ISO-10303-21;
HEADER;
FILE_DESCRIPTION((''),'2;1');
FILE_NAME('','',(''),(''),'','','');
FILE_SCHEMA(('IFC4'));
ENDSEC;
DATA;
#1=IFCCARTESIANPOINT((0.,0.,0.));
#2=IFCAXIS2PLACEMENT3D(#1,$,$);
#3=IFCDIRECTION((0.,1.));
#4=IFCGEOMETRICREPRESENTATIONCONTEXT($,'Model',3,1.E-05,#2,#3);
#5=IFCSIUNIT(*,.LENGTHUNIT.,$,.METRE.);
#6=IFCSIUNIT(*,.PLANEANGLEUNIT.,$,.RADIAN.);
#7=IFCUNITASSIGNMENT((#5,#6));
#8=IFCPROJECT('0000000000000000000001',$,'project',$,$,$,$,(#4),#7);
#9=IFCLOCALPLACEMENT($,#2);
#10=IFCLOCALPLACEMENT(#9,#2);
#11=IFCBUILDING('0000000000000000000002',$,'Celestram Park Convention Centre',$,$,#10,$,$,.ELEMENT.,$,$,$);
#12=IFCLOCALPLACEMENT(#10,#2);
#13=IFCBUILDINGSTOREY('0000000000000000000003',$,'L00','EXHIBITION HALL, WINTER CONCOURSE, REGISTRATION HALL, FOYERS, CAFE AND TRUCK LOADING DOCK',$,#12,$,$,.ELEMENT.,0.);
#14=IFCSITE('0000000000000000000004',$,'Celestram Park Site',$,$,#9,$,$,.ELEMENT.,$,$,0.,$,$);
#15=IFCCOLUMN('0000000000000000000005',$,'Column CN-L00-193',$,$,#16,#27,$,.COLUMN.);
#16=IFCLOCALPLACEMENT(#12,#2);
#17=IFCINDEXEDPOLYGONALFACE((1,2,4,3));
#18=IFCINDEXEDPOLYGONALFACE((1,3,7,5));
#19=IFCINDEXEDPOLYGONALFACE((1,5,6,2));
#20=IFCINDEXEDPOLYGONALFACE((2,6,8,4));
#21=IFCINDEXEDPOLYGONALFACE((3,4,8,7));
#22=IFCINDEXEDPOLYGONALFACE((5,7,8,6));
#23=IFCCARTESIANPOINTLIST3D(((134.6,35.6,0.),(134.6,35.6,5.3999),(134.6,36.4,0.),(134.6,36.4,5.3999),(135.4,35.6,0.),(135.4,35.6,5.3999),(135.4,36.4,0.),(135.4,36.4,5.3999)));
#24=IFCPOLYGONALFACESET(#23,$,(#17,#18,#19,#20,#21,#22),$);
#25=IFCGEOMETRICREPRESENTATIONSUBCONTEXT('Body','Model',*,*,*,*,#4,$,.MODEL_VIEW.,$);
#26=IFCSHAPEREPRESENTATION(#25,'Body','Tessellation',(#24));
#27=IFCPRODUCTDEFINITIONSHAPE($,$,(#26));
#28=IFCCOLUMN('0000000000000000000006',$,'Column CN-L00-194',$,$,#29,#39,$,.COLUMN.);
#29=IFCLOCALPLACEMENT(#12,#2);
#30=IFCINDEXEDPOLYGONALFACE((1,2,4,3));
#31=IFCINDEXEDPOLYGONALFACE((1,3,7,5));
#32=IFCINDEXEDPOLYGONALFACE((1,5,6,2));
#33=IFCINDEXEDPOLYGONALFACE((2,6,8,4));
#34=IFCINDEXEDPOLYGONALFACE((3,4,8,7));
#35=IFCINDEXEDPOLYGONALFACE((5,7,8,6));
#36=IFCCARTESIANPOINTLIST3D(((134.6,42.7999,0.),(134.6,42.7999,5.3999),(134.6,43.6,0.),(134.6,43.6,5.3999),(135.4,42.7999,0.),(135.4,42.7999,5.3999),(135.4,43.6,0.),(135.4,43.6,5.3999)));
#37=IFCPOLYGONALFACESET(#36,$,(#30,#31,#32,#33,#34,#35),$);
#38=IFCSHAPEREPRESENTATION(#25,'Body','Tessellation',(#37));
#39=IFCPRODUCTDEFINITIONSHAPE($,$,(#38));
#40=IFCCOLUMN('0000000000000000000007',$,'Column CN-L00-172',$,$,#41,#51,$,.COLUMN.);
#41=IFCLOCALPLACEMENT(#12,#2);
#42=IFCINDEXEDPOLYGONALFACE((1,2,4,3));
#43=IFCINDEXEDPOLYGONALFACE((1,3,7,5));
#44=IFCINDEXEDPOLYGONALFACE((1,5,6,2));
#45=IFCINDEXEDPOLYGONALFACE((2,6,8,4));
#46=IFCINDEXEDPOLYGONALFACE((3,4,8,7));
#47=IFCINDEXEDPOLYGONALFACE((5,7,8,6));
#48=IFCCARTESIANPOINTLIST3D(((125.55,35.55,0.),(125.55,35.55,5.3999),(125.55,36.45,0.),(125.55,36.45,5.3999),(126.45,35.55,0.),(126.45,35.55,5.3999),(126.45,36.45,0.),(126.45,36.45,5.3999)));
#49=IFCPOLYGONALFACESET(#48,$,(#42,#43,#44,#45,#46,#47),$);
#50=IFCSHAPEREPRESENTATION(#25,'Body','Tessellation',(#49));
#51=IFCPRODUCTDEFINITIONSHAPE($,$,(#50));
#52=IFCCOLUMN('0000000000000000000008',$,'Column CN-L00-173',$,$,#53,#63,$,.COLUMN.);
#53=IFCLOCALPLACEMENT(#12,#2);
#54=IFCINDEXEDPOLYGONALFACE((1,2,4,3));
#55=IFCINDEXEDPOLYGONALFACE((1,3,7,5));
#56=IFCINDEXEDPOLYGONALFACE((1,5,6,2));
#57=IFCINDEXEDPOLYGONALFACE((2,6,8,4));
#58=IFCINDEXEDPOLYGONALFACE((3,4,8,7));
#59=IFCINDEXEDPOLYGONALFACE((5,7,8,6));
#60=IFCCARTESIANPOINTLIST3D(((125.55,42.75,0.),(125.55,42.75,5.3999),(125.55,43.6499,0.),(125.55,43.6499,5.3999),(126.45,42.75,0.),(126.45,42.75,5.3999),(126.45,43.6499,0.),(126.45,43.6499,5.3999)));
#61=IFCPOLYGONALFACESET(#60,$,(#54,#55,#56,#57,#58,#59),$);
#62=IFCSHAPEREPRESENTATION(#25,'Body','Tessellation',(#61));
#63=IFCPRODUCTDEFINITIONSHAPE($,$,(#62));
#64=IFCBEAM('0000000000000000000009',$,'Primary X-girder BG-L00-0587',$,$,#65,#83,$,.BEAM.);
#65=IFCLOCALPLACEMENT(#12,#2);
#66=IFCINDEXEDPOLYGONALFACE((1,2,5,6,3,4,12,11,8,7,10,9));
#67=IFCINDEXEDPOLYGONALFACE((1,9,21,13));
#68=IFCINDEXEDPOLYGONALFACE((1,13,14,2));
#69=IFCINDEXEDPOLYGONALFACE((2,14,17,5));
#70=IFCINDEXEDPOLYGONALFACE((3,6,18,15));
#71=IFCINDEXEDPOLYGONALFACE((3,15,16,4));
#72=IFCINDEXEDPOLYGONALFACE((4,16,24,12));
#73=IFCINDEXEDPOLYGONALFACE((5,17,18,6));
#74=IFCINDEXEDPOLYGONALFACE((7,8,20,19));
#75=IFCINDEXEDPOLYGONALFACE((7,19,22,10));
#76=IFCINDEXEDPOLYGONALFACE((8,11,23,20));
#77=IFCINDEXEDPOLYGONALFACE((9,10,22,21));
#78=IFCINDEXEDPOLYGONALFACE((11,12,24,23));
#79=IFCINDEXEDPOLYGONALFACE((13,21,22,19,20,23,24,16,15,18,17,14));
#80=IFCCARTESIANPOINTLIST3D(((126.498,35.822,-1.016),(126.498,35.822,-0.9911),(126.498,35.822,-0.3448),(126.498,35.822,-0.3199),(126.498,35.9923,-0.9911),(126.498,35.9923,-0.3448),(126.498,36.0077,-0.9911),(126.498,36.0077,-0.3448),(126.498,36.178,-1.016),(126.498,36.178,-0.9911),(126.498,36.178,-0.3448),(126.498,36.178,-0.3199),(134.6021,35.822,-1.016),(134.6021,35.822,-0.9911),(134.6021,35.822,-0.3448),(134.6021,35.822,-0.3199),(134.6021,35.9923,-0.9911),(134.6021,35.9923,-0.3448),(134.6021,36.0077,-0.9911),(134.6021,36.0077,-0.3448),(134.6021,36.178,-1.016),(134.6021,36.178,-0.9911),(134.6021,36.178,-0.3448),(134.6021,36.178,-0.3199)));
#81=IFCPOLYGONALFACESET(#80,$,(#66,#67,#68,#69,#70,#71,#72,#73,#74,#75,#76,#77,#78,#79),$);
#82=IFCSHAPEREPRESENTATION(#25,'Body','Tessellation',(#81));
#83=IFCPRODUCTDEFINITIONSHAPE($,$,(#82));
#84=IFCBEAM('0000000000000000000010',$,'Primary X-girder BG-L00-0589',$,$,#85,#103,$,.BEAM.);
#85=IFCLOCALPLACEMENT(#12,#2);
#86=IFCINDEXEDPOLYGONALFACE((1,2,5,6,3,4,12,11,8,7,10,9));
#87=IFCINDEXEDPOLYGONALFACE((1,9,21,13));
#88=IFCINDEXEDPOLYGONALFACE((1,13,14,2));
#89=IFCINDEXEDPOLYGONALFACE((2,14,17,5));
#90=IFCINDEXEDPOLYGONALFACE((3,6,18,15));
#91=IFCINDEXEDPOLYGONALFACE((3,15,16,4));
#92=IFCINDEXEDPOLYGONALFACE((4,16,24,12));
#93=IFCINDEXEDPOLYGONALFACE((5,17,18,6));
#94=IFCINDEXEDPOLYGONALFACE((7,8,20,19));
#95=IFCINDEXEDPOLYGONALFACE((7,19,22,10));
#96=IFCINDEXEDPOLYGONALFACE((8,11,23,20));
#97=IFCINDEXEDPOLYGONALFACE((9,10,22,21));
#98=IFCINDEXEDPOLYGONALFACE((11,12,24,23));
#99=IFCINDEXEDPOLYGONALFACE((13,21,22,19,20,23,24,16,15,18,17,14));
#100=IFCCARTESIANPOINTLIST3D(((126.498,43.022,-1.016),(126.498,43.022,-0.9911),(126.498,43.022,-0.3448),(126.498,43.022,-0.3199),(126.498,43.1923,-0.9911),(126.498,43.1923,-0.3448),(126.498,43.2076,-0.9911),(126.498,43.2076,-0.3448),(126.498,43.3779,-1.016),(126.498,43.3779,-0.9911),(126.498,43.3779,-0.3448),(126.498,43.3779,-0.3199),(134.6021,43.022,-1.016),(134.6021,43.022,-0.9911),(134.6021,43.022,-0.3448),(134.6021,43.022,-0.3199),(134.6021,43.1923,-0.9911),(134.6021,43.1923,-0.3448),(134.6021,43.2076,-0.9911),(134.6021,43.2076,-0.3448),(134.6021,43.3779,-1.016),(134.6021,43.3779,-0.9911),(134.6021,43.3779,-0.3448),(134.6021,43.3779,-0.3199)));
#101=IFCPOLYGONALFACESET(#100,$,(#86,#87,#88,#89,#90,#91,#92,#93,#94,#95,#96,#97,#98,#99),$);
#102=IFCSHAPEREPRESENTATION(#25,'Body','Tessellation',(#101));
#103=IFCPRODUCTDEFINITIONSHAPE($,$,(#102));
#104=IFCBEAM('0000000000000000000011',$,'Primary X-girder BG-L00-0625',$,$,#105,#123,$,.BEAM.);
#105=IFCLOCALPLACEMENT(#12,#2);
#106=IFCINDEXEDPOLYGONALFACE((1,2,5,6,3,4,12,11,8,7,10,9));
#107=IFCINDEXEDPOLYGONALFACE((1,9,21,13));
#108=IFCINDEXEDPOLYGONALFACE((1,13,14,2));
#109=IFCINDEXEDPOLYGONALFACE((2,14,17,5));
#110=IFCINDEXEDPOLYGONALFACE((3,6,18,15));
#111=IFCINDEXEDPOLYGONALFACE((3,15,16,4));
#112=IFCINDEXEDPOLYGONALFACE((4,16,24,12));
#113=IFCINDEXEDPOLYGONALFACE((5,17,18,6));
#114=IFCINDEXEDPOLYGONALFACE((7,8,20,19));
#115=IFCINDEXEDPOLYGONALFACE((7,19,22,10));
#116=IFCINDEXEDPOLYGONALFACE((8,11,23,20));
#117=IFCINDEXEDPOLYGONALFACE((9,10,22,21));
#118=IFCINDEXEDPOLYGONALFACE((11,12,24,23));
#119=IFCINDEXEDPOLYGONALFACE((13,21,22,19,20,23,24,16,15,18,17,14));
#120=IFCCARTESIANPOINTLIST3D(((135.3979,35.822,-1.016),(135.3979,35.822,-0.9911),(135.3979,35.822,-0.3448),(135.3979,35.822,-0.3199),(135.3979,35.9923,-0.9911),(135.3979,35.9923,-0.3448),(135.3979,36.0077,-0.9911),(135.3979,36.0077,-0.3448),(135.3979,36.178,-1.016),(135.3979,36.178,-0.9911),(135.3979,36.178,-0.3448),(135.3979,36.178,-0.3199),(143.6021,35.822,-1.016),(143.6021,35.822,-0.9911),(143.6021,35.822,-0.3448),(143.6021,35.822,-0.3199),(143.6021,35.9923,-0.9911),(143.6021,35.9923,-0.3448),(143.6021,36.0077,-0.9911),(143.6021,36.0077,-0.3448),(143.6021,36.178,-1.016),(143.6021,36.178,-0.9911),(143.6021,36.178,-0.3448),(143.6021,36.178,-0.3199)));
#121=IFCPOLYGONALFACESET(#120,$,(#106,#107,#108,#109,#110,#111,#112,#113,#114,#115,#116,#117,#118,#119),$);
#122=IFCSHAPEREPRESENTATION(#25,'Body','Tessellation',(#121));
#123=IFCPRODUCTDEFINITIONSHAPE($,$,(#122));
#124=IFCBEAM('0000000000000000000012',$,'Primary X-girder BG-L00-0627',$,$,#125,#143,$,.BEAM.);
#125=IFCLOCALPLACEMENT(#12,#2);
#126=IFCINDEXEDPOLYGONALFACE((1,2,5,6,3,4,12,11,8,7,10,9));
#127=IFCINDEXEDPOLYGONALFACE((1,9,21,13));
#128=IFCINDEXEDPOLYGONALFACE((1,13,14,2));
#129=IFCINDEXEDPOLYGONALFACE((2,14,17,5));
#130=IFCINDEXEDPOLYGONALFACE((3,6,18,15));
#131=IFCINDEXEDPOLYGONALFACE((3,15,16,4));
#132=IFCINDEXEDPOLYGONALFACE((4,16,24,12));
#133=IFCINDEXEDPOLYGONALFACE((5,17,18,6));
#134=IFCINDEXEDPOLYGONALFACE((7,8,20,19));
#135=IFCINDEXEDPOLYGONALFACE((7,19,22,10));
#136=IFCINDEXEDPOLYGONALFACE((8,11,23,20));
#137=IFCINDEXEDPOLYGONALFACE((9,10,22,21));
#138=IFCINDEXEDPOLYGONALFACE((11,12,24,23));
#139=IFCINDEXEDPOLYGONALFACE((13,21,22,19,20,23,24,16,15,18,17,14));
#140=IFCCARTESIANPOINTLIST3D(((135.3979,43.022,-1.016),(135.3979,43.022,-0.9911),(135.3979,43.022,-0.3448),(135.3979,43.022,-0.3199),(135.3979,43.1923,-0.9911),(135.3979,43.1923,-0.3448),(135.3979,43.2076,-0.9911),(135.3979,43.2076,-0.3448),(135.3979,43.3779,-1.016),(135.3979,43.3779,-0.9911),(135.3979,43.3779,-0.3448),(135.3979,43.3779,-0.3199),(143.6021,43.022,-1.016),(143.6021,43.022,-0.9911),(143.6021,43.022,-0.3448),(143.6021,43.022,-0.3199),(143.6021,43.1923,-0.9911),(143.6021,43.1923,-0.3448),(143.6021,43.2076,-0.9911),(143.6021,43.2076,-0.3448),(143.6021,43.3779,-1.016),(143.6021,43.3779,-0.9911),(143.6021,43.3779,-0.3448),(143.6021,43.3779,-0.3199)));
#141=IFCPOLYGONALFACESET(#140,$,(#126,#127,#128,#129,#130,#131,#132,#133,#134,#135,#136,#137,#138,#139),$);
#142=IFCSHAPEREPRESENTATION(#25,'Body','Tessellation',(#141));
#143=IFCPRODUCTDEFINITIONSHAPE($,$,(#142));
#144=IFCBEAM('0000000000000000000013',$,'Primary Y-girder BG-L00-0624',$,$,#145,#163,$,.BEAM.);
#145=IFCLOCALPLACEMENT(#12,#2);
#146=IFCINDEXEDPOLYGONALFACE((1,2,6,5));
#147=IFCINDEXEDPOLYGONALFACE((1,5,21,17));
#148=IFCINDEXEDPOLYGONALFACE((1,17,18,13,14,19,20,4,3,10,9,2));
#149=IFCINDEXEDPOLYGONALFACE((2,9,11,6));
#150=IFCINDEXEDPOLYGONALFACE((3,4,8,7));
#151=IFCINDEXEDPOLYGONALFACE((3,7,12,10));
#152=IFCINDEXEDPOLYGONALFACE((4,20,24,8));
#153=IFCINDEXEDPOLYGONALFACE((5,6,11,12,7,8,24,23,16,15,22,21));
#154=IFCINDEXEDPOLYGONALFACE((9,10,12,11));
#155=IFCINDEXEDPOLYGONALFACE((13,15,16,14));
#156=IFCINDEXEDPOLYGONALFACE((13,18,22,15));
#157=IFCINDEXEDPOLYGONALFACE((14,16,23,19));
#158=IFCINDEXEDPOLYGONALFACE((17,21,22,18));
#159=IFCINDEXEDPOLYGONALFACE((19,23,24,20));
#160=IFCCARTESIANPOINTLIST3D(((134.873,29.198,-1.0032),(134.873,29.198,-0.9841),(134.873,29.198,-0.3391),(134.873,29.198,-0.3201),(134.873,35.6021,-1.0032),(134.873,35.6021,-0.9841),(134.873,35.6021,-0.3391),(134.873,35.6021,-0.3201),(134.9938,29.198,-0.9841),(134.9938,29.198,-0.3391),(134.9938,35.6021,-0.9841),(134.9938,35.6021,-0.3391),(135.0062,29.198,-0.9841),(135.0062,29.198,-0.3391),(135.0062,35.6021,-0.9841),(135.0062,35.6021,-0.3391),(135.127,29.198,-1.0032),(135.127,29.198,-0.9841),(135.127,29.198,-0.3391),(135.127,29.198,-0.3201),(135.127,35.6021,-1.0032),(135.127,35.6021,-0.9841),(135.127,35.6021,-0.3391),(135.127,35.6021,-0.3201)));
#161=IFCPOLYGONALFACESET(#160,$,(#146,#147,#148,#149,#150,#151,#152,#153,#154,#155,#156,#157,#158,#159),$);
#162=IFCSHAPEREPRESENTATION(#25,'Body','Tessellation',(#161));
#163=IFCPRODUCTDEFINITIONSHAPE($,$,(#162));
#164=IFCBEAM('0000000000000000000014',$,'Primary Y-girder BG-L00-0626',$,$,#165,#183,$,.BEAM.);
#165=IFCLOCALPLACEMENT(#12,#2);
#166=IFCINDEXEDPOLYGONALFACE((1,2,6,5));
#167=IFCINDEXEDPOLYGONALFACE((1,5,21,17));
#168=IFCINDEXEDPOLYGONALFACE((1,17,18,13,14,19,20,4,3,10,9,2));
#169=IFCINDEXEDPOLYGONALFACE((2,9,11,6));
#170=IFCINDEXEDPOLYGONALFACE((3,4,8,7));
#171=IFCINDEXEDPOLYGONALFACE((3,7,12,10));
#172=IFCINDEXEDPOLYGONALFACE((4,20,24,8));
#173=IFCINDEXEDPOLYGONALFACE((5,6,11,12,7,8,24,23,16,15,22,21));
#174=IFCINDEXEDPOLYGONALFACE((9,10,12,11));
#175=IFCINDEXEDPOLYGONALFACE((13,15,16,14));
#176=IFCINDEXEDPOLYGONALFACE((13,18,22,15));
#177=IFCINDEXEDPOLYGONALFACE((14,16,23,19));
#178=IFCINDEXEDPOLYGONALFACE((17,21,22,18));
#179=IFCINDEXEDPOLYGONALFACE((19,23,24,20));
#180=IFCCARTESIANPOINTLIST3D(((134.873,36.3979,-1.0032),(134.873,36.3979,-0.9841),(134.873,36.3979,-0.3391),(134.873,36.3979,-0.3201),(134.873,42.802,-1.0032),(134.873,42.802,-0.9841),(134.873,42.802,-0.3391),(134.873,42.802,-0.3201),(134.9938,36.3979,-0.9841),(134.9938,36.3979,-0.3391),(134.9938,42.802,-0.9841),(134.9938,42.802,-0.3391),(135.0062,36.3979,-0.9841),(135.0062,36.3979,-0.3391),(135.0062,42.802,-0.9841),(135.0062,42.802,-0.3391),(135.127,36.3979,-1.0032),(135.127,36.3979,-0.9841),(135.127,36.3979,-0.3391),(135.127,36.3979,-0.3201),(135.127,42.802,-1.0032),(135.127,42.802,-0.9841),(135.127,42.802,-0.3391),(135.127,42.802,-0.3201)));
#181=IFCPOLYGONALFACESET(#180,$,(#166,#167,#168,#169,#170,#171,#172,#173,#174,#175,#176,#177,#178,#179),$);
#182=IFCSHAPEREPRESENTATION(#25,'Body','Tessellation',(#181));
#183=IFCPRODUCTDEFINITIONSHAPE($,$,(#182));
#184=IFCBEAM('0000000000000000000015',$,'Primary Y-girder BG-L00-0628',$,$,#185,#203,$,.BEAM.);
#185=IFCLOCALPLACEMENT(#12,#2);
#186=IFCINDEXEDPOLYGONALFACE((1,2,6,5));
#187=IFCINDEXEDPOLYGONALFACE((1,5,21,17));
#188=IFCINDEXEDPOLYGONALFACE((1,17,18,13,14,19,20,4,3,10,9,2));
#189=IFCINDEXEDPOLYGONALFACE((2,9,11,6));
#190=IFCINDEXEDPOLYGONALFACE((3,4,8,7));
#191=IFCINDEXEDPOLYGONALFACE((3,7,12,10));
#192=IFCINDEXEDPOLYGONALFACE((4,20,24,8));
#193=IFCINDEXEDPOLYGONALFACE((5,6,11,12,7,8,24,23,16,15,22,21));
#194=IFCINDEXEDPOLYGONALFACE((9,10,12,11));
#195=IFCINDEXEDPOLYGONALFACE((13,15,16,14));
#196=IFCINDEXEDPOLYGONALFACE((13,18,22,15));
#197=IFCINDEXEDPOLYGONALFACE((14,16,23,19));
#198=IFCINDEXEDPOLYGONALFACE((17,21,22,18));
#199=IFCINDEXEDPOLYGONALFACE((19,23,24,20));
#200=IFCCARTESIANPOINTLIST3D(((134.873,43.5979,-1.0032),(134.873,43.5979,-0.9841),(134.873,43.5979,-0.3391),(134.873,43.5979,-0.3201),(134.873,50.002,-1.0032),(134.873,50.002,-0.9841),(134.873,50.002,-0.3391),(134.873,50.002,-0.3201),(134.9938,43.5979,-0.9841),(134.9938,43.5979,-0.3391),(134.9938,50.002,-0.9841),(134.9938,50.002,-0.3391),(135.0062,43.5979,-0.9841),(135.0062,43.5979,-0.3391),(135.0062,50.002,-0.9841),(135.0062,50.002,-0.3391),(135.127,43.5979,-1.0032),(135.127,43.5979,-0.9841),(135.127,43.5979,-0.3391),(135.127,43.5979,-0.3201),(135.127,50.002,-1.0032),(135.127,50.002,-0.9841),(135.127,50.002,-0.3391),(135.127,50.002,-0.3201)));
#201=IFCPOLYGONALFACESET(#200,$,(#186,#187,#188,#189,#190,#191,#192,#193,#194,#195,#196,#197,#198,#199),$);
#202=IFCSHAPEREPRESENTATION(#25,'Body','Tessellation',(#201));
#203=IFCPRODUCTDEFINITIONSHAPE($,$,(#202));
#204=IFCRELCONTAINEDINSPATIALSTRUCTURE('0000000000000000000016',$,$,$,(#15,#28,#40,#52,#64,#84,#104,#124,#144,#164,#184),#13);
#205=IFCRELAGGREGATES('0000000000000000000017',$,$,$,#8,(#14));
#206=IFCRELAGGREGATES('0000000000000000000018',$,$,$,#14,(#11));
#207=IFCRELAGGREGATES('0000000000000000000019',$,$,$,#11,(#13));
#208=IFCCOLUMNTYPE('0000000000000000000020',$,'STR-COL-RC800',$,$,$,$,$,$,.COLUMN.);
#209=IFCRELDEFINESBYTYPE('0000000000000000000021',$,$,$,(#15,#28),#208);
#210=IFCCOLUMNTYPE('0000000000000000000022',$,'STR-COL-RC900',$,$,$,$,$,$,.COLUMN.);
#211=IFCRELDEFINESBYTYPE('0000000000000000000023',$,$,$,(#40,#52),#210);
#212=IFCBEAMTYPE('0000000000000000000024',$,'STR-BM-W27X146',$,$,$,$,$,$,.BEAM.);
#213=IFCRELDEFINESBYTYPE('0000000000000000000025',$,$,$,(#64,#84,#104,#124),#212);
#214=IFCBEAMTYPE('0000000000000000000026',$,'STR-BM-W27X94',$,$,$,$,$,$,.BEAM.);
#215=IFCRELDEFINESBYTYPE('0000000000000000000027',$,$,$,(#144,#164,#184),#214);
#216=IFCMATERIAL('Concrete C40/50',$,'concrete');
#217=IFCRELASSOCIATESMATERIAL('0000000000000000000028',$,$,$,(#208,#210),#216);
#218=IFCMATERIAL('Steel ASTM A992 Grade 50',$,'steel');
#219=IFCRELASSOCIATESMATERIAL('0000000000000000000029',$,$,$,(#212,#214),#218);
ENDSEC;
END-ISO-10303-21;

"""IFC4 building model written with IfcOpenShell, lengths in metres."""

from ifc_helpers import new_model, si_unit, direction, frame, origin, origin_2d, place, context, subcontext, project, spatial, rectangle, i_section, extrude, material, material_profile, profile_set, type_object, element, save


model = new_model("IFC4")

# Units and contexts
model_context = context("Model", 3, precision=1e-05, world=origin(), true_north=direction((0.0, 1.0)))
body_context = subcontext(model_context, "Body", "Model", "MODEL_VIEW")
ifc_project = project(units=[si_unit("LENGTHUNIT", "METRE"), si_unit("PLANEANGLEUNIT", "RADIAN")], contexts=[model_context])

# Site, building, storey
site_placement = place(None, origin())
site = spatial("IfcSite", under=ifc_project, at=site_placement, Name="Celestram Park Site", CompositionType="ELEMENT", RefElevation=0.0)
building_placement = place(site_placement, origin())
building = spatial("IfcBuilding", under=site, at=building_placement, Name="Celestram Park Convention Centre", CompositionType="ELEMENT")
storey_placement = place(building_placement, origin())
storey = spatial("IfcBuildingStorey", under=building, at=storey_placement, Name="L00", Description="EXHIBITION HALL, WINTER CONCOURSE, REGISTRATION HALL, FOYERS, CAFE AND TRUCK LOADING DOCK", CompositionType="ELEMENT", Elevation=0.0)

# Columns
ifc_material_1 = material(Name="Concrete C40/50", Category="concrete")
ifc_material_profile_1 = material_profile(ifc_material_1, rectangle(XDim=0.8, YDim=0.8, at=origin_2d()), Name="RC800X800")
ifc_profile_set_1 = profile_set([ifc_material_profile_1], Name="Concrete C40/50")
column_type_1 = type_object("IfcColumnType", Name="STR-COL-RC800", PredefinedType="COLUMN", material=ifc_profile_set_1)
for number, where, z_axis, x_axis, name in (
    (1, (135.0, 36.0, 0.0), (0.0, 0.0, 1.0), (1.0, 0.0, 0.0), "Column CN-L00-193"),
    (2, (135.0, 43.2, 0.0), (0.0, 0.0, 1.0), (1.0, 0.0, 0.0), "Column CN-L00-194"),
):
    element("IfcColumn", number, at=place(storey_placement, frame(where, z_axis=z_axis, x_axis=x_axis)), inside=storey, type_object=column_type_1, Name=name, PredefinedType="COLUMN", context=body_context, shape_type="SweptSolid", body=[
        extrude(rectangle(XDim=0.8, YDim=0.8, at=origin_2d()), origin(), (0.0, 0.0, 1.0), 5.3999),
    ])
ifc_material_profile_2 = material_profile(ifc_material_1, rectangle(XDim=0.8999, YDim=0.8999, at=origin_2d()), Name="RC900X900")
ifc_profile_set_2 = profile_set([ifc_material_profile_2], Name="Concrete C40/50")
column_type_2 = type_object("IfcColumnType", Name="STR-COL-RC900", PredefinedType="COLUMN", material=ifc_profile_set_2)
for number, where, z_axis, x_axis, name in (
    (3, (126.0, 36.0, 0.0), (0.0, 0.0, 1.0), (1.0, 0.0, 0.0), "Column CN-L00-172"),
    (4, (126.0, 43.2, 0.0), (0.0, 0.0, 1.0), (1.0, 0.0, 0.0), "Column CN-L00-173"),
):
    element("IfcColumn", number, at=place(storey_placement, frame(where, z_axis=z_axis, x_axis=x_axis)), inside=storey, type_object=column_type_2, Name=name, PredefinedType="COLUMN", context=body_context, shape_type="SweptSolid", body=[
        extrude(rectangle(XDim=0.8999, YDim=0.8999, at=origin_2d()), origin(), (0.0, 0.0, 1.0), 5.3999),
    ])

# Beams
ifc_material_2 = material(Name="Steel ASTM A992 Grade 50", Category="steel")
ifc_material_profile_3 = material_profile(ifc_material_2, i_section(OverallWidth=0.356, OverallDepth=0.696, WebThickness=0.0154, FlangeThickness=0.0249, at=origin_2d()), Name="W27X146")
ifc_profile_set_3 = profile_set([ifc_material_profile_3], Name="Steel ASTM A992 Grade 50")
beam_type_1 = type_object("IfcBeamType", Name="STR-BM-W27X146", PredefinedType="BEAM", material=ifc_profile_set_3)
for number, where, z_axis, x_axis, name in (
    (5, (126.498, 36.0, -0.668), (1.0, 0.0, 0.0), (0.0, 1.0, 0.0), "Primary X-girder BG-L00-0587"),
    (6, (126.498, 43.2, -0.668), (1.0, 0.0, 0.0), (0.0, 1.0, 0.0), "Primary X-girder BG-L00-0589"),
):
    element("IfcBeam", number, at=place(storey_placement, frame(where, z_axis=z_axis, x_axis=x_axis)), inside=storey, type_object=beam_type_1, Name=name, PredefinedType="BEAM", context=body_context, shape_type="SweptSolid", body=[
        extrude(i_section(OverallWidth=0.356, OverallDepth=0.696, WebThickness=0.0154, FlangeThickness=0.0249, at=origin_2d()), origin(), (0.0, 0.0, 1.0), 8.104),
    ])
for number, where, z_axis, x_axis, name in (
    (7, (135.3979, 36.0, -0.668), (1.0, 0.0, 0.0), (0.0, 1.0, 0.0), "Primary X-girder BG-L00-0625"),
    (8, (135.3979, 43.2, -0.668), (1.0, 0.0, 0.0), (0.0, 1.0, 0.0), "Primary X-girder BG-L00-0627"),
):
    element("IfcBeam", number, at=place(storey_placement, frame(where, z_axis=z_axis, x_axis=x_axis)), inside=storey, type_object=beam_type_1, Name=name, PredefinedType="BEAM", context=body_context, shape_type="SweptSolid", body=[
        extrude(i_section(OverallWidth=0.356, OverallDepth=0.696, WebThickness=0.0154, FlangeThickness=0.0249, at=origin_2d()), origin(), (0.0, 0.0, 1.0), 8.2041),
    ])
ifc_material_profile_4 = material_profile(ifc_material_2, i_section(OverallWidth=0.2539, OverallDepth=0.6831, WebThickness=0.0125, FlangeThickness=0.019, at=origin_2d()), Name="W27X94")
ifc_profile_set_4 = profile_set([ifc_material_profile_4], Name="Steel ASTM A992 Grade 50")
beam_type_2 = type_object("IfcBeamType", Name="STR-BM-W27X94", PredefinedType="BEAM", material=ifc_profile_set_4)
for number, where, z_axis, x_axis, name in (
    (9, (135.0, 29.198, -0.6616), (0.0, 1.0, 0.0), (-1.0, 0.0, 0.0), "Primary Y-girder BG-L00-0624"),
    (10, (135.0, 36.3979, -0.6616), (0.0, 1.0, 0.0), (-1.0, 0.0, 0.0), "Primary Y-girder BG-L00-0626"),
    (11, (135.0, 43.5979, -0.6616), (0.0, 1.0, 0.0), (-1.0, 0.0, 0.0), "Primary Y-girder BG-L00-0628"),
):
    element("IfcBeam", number, at=place(storey_placement, frame(where, z_axis=z_axis, x_axis=x_axis)), inside=storey, type_object=beam_type_2, Name=name, PredefinedType="BEAM", context=body_context, shape_type="SweptSolid", body=[
        extrude(i_section(OverallWidth=0.2539, OverallDepth=0.6831, WebThickness=0.0125, FlangeThickness=0.019, at=origin_2d()), origin(), (0.0, 0.0, 1.0), 6.4041),
    ])

save(model, "model.ifc")
